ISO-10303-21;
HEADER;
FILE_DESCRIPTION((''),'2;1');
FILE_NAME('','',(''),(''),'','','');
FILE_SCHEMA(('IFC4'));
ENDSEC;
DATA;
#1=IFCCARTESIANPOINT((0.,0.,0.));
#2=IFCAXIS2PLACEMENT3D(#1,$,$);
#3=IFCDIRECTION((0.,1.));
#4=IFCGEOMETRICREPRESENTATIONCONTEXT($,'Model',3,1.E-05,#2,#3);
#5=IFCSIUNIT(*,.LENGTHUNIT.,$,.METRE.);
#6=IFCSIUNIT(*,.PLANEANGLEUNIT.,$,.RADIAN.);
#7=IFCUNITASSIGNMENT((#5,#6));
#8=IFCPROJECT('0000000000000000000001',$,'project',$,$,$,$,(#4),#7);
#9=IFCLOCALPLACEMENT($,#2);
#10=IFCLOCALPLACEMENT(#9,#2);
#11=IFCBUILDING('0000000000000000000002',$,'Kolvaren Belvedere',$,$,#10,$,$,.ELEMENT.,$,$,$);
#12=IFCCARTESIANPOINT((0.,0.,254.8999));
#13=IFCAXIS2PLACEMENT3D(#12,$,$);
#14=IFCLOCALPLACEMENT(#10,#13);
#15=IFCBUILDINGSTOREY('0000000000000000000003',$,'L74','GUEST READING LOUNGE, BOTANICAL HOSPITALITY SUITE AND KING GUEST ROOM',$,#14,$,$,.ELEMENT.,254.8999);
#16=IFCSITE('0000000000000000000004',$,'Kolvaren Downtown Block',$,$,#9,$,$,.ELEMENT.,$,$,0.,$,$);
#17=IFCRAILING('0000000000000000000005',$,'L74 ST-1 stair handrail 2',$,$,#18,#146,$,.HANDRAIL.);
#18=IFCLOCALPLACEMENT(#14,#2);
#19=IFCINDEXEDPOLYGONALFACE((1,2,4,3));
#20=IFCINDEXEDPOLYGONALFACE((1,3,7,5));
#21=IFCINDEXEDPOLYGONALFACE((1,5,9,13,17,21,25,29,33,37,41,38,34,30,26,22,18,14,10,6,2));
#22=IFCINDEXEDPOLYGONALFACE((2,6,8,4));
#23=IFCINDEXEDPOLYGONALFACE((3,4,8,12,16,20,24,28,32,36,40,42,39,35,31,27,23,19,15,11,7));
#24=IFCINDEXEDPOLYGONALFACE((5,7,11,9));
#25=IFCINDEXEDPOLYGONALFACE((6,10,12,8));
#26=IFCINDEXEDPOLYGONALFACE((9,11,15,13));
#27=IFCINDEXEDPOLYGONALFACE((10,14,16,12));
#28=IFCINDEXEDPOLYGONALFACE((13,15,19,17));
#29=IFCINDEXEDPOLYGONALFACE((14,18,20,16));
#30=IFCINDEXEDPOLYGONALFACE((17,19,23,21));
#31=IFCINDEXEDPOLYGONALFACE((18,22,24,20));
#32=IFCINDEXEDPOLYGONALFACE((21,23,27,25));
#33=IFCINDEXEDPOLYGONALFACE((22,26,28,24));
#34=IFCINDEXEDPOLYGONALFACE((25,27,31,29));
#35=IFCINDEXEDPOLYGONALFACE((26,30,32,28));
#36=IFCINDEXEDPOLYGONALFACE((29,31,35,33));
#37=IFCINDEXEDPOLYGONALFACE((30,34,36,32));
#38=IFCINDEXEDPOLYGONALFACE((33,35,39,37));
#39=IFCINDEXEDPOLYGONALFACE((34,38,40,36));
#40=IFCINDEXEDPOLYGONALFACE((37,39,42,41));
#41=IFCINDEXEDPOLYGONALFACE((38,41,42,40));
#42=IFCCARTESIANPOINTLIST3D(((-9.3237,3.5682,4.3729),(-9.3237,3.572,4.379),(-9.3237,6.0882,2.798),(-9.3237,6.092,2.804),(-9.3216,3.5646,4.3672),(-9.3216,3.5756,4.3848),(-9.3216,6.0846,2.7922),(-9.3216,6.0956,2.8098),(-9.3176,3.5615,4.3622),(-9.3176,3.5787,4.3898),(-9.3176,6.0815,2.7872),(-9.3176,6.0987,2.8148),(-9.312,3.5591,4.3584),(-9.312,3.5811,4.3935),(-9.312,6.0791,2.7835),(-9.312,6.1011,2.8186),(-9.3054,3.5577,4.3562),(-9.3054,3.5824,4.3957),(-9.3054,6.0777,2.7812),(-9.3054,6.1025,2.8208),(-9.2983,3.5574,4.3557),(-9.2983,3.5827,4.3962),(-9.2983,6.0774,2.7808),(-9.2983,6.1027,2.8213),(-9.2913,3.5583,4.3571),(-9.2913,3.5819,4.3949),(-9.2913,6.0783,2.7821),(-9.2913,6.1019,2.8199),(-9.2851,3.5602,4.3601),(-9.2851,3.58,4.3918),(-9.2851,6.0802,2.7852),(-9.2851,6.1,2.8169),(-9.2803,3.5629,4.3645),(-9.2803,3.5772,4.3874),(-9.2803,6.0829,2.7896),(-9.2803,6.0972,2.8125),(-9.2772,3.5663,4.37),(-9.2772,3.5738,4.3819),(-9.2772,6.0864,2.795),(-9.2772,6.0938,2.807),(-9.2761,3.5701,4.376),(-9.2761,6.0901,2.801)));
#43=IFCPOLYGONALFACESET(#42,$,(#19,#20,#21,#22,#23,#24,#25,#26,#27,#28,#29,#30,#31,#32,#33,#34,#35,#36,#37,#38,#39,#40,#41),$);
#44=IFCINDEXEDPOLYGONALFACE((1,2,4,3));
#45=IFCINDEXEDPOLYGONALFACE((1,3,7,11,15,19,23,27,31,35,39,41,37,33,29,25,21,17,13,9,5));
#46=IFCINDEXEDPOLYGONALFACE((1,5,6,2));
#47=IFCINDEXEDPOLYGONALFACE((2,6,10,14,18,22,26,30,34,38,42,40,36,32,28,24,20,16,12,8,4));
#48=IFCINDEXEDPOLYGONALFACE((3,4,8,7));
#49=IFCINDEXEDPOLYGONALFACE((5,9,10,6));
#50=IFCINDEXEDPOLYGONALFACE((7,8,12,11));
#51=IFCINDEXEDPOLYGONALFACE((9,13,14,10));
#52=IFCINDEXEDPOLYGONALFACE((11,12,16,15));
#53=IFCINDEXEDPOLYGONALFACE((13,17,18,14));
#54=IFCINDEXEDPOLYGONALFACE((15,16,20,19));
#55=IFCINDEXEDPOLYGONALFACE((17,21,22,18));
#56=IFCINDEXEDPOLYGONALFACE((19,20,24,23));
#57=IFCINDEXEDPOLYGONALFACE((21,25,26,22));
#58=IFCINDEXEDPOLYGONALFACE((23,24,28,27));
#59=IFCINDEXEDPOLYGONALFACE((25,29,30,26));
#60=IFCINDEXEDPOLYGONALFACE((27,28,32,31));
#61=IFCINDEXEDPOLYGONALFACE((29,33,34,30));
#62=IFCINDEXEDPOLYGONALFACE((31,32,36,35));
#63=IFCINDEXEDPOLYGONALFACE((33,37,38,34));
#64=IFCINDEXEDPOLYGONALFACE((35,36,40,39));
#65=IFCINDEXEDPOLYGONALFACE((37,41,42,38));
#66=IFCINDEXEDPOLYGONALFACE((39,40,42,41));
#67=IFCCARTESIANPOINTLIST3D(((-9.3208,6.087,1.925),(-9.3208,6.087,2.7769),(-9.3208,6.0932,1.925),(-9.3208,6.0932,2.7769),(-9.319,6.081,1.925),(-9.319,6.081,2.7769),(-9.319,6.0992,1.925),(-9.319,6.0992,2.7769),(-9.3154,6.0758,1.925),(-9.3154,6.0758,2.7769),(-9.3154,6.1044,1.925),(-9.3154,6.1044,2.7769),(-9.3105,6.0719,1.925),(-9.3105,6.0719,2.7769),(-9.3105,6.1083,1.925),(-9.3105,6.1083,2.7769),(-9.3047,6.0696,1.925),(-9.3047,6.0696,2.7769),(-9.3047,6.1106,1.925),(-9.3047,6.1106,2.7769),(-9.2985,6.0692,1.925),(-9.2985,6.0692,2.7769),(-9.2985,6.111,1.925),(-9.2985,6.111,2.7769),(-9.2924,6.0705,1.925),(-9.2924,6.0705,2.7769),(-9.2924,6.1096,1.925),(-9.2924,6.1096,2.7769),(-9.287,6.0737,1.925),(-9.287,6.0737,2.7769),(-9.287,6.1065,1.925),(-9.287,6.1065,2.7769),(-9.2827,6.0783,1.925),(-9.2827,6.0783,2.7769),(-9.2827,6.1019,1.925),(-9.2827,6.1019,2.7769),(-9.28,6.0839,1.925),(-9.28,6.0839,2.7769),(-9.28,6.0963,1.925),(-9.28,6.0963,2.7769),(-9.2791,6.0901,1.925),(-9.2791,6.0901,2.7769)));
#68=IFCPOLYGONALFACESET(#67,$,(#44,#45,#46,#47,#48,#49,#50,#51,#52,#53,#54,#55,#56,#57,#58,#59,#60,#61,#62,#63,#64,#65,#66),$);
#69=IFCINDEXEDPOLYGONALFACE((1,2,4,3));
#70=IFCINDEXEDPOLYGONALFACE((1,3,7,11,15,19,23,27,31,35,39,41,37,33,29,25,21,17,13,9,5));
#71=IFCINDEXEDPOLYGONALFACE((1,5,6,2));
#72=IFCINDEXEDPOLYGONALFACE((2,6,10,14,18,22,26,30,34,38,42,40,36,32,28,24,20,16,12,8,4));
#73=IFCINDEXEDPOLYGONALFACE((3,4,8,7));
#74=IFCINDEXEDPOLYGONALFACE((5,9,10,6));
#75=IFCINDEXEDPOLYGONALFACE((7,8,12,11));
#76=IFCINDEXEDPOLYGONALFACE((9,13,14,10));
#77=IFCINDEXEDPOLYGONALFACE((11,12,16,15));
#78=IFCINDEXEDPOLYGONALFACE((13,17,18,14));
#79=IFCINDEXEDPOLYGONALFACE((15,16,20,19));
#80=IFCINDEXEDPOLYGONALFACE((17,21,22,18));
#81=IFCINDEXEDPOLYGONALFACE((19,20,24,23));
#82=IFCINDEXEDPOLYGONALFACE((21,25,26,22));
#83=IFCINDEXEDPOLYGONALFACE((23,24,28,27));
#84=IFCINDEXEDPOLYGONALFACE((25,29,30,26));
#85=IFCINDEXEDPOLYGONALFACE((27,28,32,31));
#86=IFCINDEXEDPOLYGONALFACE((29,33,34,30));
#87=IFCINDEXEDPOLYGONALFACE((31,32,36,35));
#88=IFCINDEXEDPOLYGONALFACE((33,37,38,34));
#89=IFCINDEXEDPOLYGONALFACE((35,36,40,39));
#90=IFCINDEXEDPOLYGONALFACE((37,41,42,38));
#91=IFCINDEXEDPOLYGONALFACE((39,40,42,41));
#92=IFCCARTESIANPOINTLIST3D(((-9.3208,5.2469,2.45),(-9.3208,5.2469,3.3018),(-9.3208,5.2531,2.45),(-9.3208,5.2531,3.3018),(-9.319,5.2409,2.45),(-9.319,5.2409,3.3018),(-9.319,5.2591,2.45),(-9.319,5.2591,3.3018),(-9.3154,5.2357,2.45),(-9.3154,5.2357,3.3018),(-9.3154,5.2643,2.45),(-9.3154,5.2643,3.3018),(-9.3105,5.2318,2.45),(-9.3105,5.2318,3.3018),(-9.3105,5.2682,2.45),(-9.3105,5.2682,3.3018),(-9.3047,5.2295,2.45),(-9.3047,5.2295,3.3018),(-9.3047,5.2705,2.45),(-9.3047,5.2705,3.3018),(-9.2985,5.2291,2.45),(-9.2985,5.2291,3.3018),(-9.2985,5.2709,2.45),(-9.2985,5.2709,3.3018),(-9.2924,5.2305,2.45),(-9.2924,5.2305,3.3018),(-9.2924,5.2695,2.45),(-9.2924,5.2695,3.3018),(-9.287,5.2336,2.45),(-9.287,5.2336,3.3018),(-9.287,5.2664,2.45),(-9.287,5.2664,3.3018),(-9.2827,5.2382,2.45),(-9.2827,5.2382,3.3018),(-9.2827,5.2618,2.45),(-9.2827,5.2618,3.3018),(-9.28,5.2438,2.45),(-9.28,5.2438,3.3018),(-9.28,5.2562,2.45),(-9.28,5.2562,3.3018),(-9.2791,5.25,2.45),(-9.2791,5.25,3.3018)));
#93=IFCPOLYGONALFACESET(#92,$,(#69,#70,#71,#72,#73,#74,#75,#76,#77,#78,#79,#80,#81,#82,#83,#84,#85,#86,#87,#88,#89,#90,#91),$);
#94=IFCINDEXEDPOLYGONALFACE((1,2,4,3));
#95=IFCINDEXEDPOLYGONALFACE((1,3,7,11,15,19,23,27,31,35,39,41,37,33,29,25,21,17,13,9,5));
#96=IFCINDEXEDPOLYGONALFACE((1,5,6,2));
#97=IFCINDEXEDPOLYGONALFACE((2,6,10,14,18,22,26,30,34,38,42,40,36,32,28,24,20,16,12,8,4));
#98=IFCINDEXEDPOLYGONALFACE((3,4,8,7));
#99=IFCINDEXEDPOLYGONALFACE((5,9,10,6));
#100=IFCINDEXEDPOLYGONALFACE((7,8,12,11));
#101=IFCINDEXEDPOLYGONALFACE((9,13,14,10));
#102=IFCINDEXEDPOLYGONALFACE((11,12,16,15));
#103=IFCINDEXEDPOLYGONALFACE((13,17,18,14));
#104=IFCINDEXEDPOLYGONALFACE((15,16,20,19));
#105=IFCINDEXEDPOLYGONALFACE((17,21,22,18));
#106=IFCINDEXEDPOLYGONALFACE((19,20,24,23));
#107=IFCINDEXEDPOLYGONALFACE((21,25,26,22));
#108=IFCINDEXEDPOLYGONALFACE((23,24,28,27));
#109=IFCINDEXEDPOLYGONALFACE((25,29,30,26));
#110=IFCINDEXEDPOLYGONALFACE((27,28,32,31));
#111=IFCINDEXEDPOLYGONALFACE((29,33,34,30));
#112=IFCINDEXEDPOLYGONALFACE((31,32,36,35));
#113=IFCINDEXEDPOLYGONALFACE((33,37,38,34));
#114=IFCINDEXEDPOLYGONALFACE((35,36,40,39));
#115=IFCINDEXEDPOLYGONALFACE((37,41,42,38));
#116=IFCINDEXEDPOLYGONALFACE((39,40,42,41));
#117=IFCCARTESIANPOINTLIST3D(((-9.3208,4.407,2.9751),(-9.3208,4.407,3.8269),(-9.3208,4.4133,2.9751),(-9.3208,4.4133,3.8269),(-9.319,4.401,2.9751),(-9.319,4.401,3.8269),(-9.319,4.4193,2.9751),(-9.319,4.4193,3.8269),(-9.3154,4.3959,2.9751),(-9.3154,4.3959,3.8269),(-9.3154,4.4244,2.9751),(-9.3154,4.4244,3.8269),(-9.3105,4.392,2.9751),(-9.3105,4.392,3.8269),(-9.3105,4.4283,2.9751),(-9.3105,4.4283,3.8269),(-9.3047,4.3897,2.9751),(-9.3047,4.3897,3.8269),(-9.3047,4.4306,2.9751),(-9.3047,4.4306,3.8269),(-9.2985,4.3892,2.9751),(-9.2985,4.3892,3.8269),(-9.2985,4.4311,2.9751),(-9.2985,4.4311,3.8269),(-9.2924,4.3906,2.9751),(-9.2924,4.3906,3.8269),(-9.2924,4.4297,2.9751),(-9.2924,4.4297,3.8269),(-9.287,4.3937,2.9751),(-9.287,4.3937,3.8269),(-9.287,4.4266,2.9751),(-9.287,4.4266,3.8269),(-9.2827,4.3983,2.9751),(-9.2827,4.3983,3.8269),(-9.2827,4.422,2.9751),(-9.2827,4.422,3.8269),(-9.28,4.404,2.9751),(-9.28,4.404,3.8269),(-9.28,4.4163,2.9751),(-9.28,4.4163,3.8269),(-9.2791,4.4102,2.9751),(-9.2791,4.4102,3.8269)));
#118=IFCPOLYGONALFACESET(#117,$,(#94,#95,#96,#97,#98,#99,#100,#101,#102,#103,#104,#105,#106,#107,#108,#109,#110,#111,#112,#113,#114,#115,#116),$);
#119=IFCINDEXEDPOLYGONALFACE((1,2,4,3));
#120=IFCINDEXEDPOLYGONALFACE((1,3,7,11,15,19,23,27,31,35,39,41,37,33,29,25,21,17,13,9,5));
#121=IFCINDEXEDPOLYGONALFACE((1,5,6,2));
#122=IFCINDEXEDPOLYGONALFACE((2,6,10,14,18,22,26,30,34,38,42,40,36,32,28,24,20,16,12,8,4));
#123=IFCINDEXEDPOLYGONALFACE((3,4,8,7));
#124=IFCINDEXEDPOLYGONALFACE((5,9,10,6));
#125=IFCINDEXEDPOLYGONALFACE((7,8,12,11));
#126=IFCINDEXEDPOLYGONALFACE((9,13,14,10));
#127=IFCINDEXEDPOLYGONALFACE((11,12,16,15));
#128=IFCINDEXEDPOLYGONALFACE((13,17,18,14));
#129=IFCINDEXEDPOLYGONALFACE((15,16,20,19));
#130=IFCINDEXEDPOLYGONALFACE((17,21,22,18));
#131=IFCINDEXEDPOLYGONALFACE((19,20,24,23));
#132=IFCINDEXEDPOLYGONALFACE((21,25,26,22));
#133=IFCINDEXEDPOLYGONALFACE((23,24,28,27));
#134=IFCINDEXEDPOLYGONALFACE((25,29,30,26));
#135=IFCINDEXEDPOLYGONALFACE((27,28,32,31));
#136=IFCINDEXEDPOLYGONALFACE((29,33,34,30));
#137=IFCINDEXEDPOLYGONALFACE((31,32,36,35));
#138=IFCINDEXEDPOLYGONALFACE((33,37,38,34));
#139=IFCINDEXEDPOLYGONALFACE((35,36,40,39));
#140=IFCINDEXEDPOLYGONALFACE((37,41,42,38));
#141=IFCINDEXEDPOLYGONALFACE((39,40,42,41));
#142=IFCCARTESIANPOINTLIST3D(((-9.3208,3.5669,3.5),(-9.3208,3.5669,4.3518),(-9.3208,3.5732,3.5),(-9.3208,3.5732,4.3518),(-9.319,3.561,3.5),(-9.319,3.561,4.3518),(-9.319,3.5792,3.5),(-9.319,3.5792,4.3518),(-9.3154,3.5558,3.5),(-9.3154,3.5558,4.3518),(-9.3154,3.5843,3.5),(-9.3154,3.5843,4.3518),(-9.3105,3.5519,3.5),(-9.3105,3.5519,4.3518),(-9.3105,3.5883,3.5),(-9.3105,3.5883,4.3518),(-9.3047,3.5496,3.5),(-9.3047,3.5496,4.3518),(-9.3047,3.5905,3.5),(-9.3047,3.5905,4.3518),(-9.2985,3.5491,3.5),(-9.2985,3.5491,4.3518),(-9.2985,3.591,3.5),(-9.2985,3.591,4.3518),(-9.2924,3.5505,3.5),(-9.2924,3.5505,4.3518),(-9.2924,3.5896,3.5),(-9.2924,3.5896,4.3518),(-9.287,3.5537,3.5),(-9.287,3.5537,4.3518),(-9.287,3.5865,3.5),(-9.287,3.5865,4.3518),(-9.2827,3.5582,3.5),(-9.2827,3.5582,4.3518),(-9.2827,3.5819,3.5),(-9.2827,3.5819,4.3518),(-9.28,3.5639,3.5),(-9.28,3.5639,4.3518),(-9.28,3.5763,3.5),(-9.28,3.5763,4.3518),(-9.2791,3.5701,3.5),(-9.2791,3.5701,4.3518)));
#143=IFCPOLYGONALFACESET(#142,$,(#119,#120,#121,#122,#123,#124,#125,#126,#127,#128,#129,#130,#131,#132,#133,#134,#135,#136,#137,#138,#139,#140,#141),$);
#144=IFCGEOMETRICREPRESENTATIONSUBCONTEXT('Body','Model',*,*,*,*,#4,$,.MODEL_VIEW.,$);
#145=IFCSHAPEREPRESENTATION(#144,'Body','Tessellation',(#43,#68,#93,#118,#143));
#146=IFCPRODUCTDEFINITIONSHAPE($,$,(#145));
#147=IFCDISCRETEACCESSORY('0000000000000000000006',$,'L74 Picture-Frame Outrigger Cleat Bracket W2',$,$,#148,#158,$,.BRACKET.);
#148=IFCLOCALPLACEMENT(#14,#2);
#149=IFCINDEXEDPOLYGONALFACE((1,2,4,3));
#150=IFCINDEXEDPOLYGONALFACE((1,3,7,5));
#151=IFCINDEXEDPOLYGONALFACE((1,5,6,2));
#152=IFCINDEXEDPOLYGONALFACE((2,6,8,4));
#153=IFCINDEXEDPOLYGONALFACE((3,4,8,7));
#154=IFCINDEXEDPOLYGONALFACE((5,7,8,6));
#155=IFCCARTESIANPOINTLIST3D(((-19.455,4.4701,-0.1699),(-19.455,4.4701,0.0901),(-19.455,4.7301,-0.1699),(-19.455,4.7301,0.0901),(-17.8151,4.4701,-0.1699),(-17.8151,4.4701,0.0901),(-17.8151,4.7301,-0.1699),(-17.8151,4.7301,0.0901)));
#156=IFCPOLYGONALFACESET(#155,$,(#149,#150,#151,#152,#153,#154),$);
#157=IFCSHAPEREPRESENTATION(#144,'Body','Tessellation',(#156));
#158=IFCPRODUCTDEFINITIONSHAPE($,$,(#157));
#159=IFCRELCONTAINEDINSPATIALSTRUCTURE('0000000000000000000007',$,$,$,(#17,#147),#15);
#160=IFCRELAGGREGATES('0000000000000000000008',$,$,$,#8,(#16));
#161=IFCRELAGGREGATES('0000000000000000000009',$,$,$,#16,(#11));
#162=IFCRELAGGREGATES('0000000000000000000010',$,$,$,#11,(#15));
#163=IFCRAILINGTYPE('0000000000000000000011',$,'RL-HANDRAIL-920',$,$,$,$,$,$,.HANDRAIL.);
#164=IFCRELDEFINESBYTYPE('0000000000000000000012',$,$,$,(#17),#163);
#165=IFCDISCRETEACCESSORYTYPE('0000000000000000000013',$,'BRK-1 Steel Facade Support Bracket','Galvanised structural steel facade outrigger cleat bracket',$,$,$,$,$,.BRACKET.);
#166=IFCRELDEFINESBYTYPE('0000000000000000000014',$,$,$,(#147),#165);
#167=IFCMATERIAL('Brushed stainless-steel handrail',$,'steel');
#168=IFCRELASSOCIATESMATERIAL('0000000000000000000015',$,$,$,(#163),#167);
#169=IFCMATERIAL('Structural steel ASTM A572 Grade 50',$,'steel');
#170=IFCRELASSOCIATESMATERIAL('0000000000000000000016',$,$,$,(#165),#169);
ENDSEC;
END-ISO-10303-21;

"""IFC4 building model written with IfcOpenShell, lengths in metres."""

from ifc_helpers import new_model, si_unit, direction, frame, origin, origin_2d, place, context, subcontext, project, spatial, rectangle, circle, extrude, material, type_object, element, save


model = new_model("IFC4")

# Units and contexts
model_context = context("Model", 3, precision=1e-05, world=origin(), true_north=direction((0.0, 1.0)))
body_context = subcontext(model_context, "Body", "Model", "MODEL_VIEW")
ifc_project = project(units=[si_unit("LENGTHUNIT", "METRE"), si_unit("PLANEANGLEUNIT", "RADIAN")], contexts=[model_context])

# Site, building, storey
site_placement = place(None, origin())
site = spatial("IfcSite", under=ifc_project, at=site_placement, Name="Kolvaren Downtown Block", CompositionType="ELEMENT", RefElevation=0.0)
building_placement = place(site_placement, origin())
building = spatial("IfcBuilding", under=site, at=building_placement, Name="Kolvaren Belvedere", CompositionType="ELEMENT")
storey_placement = place(building_placement, frame((0.0, 0.0, 254.8999)))
storey = spatial("IfcBuildingStorey", under=building, at=storey_placement, Name="L74", Description="GUEST READING LOUNGE, BOTANICAL HOSPITALITY SUITE AND KING GUEST ROOM", CompositionType="ELEMENT", Elevation=254.8999)

# Railing
ifc_material_1 = material(Name="Brushed stainless-steel handrail", Category="steel")
railing_type = type_object("IfcRailingType", Name="RL-HANDRAIL-920", PredefinedType="HANDRAIL", material=ifc_material_1)
railing_placement = place(storey_placement, frame((-9.3, 6.0901, 1.925)))
element("IfcRailing", 1, at=railing_placement, inside=storey, type_object=railing_type, Name="L74 ST-1 stair handrail 2", PredefinedType="HANDRAIL", context=body_context, shape_type="SweptSolid", body=[
    extrude(circle(Radius=0.0239, at=origin_2d()), frame((0.0, 0.0, 0.876), z_axis=(0.0, -0.848008, 0.529984), x_axis=(1.0, 0.0, 0.0)), (0.0, 0.0, 1.0), 2.9717),
    extrude(circle(Radius=0.021, at=origin_2d()), origin(), (0.0, 0.0, 1.0), 0.8518),
    extrude(circle(Radius=0.021, at=origin_2d()), frame((0.0, -0.8401, 0.5249)), (0.0, 0.0, 1.0), 0.8518),
    extrude(circle(Radius=0.021, at=origin_2d()), frame((0.0, -1.6799, 1.05)), (0.0, 0.0, 1.0), 0.8518),
    extrude(circle(Radius=0.021, at=origin_2d()), frame((0.0, -2.52, 1.575)), (0.0, 0.0, 1.0), 0.8518),
])

# Discrete accessory
ifc_material_2 = material(Name="Structural steel ASTM A572 Grade 50", Category="steel")
discrete_accessory_type = type_object("IfcDiscreteAccessoryType", Name="BRK-1 Steel Facade Support Bracket", Description="Galvanised structural steel facade outrigger cleat bracket", PredefinedType="BRACKET", material=ifc_material_2)
discrete_accessory_placement = place(storey_placement, frame((-18.635, 4.6001, -0.1699), z_axis=(0.0, 0.0, 1.0), x_axis=(1.0, 0.0, 0.0)))
element("IfcDiscreteAccessory", 2, at=discrete_accessory_placement, inside=storey, type_object=discrete_accessory_type, Name="L74 Picture-Frame Outrigger Cleat Bracket W2", PredefinedType="BRACKET", context=body_context, shape_type="SweptSolid", body=[
    extrude(rectangle(XDim=1.6399, YDim=0.26, at=origin_2d()), origin(), (0.0, 0.0, 1.0), 0.26),
])

save(model, "model.ifc")
